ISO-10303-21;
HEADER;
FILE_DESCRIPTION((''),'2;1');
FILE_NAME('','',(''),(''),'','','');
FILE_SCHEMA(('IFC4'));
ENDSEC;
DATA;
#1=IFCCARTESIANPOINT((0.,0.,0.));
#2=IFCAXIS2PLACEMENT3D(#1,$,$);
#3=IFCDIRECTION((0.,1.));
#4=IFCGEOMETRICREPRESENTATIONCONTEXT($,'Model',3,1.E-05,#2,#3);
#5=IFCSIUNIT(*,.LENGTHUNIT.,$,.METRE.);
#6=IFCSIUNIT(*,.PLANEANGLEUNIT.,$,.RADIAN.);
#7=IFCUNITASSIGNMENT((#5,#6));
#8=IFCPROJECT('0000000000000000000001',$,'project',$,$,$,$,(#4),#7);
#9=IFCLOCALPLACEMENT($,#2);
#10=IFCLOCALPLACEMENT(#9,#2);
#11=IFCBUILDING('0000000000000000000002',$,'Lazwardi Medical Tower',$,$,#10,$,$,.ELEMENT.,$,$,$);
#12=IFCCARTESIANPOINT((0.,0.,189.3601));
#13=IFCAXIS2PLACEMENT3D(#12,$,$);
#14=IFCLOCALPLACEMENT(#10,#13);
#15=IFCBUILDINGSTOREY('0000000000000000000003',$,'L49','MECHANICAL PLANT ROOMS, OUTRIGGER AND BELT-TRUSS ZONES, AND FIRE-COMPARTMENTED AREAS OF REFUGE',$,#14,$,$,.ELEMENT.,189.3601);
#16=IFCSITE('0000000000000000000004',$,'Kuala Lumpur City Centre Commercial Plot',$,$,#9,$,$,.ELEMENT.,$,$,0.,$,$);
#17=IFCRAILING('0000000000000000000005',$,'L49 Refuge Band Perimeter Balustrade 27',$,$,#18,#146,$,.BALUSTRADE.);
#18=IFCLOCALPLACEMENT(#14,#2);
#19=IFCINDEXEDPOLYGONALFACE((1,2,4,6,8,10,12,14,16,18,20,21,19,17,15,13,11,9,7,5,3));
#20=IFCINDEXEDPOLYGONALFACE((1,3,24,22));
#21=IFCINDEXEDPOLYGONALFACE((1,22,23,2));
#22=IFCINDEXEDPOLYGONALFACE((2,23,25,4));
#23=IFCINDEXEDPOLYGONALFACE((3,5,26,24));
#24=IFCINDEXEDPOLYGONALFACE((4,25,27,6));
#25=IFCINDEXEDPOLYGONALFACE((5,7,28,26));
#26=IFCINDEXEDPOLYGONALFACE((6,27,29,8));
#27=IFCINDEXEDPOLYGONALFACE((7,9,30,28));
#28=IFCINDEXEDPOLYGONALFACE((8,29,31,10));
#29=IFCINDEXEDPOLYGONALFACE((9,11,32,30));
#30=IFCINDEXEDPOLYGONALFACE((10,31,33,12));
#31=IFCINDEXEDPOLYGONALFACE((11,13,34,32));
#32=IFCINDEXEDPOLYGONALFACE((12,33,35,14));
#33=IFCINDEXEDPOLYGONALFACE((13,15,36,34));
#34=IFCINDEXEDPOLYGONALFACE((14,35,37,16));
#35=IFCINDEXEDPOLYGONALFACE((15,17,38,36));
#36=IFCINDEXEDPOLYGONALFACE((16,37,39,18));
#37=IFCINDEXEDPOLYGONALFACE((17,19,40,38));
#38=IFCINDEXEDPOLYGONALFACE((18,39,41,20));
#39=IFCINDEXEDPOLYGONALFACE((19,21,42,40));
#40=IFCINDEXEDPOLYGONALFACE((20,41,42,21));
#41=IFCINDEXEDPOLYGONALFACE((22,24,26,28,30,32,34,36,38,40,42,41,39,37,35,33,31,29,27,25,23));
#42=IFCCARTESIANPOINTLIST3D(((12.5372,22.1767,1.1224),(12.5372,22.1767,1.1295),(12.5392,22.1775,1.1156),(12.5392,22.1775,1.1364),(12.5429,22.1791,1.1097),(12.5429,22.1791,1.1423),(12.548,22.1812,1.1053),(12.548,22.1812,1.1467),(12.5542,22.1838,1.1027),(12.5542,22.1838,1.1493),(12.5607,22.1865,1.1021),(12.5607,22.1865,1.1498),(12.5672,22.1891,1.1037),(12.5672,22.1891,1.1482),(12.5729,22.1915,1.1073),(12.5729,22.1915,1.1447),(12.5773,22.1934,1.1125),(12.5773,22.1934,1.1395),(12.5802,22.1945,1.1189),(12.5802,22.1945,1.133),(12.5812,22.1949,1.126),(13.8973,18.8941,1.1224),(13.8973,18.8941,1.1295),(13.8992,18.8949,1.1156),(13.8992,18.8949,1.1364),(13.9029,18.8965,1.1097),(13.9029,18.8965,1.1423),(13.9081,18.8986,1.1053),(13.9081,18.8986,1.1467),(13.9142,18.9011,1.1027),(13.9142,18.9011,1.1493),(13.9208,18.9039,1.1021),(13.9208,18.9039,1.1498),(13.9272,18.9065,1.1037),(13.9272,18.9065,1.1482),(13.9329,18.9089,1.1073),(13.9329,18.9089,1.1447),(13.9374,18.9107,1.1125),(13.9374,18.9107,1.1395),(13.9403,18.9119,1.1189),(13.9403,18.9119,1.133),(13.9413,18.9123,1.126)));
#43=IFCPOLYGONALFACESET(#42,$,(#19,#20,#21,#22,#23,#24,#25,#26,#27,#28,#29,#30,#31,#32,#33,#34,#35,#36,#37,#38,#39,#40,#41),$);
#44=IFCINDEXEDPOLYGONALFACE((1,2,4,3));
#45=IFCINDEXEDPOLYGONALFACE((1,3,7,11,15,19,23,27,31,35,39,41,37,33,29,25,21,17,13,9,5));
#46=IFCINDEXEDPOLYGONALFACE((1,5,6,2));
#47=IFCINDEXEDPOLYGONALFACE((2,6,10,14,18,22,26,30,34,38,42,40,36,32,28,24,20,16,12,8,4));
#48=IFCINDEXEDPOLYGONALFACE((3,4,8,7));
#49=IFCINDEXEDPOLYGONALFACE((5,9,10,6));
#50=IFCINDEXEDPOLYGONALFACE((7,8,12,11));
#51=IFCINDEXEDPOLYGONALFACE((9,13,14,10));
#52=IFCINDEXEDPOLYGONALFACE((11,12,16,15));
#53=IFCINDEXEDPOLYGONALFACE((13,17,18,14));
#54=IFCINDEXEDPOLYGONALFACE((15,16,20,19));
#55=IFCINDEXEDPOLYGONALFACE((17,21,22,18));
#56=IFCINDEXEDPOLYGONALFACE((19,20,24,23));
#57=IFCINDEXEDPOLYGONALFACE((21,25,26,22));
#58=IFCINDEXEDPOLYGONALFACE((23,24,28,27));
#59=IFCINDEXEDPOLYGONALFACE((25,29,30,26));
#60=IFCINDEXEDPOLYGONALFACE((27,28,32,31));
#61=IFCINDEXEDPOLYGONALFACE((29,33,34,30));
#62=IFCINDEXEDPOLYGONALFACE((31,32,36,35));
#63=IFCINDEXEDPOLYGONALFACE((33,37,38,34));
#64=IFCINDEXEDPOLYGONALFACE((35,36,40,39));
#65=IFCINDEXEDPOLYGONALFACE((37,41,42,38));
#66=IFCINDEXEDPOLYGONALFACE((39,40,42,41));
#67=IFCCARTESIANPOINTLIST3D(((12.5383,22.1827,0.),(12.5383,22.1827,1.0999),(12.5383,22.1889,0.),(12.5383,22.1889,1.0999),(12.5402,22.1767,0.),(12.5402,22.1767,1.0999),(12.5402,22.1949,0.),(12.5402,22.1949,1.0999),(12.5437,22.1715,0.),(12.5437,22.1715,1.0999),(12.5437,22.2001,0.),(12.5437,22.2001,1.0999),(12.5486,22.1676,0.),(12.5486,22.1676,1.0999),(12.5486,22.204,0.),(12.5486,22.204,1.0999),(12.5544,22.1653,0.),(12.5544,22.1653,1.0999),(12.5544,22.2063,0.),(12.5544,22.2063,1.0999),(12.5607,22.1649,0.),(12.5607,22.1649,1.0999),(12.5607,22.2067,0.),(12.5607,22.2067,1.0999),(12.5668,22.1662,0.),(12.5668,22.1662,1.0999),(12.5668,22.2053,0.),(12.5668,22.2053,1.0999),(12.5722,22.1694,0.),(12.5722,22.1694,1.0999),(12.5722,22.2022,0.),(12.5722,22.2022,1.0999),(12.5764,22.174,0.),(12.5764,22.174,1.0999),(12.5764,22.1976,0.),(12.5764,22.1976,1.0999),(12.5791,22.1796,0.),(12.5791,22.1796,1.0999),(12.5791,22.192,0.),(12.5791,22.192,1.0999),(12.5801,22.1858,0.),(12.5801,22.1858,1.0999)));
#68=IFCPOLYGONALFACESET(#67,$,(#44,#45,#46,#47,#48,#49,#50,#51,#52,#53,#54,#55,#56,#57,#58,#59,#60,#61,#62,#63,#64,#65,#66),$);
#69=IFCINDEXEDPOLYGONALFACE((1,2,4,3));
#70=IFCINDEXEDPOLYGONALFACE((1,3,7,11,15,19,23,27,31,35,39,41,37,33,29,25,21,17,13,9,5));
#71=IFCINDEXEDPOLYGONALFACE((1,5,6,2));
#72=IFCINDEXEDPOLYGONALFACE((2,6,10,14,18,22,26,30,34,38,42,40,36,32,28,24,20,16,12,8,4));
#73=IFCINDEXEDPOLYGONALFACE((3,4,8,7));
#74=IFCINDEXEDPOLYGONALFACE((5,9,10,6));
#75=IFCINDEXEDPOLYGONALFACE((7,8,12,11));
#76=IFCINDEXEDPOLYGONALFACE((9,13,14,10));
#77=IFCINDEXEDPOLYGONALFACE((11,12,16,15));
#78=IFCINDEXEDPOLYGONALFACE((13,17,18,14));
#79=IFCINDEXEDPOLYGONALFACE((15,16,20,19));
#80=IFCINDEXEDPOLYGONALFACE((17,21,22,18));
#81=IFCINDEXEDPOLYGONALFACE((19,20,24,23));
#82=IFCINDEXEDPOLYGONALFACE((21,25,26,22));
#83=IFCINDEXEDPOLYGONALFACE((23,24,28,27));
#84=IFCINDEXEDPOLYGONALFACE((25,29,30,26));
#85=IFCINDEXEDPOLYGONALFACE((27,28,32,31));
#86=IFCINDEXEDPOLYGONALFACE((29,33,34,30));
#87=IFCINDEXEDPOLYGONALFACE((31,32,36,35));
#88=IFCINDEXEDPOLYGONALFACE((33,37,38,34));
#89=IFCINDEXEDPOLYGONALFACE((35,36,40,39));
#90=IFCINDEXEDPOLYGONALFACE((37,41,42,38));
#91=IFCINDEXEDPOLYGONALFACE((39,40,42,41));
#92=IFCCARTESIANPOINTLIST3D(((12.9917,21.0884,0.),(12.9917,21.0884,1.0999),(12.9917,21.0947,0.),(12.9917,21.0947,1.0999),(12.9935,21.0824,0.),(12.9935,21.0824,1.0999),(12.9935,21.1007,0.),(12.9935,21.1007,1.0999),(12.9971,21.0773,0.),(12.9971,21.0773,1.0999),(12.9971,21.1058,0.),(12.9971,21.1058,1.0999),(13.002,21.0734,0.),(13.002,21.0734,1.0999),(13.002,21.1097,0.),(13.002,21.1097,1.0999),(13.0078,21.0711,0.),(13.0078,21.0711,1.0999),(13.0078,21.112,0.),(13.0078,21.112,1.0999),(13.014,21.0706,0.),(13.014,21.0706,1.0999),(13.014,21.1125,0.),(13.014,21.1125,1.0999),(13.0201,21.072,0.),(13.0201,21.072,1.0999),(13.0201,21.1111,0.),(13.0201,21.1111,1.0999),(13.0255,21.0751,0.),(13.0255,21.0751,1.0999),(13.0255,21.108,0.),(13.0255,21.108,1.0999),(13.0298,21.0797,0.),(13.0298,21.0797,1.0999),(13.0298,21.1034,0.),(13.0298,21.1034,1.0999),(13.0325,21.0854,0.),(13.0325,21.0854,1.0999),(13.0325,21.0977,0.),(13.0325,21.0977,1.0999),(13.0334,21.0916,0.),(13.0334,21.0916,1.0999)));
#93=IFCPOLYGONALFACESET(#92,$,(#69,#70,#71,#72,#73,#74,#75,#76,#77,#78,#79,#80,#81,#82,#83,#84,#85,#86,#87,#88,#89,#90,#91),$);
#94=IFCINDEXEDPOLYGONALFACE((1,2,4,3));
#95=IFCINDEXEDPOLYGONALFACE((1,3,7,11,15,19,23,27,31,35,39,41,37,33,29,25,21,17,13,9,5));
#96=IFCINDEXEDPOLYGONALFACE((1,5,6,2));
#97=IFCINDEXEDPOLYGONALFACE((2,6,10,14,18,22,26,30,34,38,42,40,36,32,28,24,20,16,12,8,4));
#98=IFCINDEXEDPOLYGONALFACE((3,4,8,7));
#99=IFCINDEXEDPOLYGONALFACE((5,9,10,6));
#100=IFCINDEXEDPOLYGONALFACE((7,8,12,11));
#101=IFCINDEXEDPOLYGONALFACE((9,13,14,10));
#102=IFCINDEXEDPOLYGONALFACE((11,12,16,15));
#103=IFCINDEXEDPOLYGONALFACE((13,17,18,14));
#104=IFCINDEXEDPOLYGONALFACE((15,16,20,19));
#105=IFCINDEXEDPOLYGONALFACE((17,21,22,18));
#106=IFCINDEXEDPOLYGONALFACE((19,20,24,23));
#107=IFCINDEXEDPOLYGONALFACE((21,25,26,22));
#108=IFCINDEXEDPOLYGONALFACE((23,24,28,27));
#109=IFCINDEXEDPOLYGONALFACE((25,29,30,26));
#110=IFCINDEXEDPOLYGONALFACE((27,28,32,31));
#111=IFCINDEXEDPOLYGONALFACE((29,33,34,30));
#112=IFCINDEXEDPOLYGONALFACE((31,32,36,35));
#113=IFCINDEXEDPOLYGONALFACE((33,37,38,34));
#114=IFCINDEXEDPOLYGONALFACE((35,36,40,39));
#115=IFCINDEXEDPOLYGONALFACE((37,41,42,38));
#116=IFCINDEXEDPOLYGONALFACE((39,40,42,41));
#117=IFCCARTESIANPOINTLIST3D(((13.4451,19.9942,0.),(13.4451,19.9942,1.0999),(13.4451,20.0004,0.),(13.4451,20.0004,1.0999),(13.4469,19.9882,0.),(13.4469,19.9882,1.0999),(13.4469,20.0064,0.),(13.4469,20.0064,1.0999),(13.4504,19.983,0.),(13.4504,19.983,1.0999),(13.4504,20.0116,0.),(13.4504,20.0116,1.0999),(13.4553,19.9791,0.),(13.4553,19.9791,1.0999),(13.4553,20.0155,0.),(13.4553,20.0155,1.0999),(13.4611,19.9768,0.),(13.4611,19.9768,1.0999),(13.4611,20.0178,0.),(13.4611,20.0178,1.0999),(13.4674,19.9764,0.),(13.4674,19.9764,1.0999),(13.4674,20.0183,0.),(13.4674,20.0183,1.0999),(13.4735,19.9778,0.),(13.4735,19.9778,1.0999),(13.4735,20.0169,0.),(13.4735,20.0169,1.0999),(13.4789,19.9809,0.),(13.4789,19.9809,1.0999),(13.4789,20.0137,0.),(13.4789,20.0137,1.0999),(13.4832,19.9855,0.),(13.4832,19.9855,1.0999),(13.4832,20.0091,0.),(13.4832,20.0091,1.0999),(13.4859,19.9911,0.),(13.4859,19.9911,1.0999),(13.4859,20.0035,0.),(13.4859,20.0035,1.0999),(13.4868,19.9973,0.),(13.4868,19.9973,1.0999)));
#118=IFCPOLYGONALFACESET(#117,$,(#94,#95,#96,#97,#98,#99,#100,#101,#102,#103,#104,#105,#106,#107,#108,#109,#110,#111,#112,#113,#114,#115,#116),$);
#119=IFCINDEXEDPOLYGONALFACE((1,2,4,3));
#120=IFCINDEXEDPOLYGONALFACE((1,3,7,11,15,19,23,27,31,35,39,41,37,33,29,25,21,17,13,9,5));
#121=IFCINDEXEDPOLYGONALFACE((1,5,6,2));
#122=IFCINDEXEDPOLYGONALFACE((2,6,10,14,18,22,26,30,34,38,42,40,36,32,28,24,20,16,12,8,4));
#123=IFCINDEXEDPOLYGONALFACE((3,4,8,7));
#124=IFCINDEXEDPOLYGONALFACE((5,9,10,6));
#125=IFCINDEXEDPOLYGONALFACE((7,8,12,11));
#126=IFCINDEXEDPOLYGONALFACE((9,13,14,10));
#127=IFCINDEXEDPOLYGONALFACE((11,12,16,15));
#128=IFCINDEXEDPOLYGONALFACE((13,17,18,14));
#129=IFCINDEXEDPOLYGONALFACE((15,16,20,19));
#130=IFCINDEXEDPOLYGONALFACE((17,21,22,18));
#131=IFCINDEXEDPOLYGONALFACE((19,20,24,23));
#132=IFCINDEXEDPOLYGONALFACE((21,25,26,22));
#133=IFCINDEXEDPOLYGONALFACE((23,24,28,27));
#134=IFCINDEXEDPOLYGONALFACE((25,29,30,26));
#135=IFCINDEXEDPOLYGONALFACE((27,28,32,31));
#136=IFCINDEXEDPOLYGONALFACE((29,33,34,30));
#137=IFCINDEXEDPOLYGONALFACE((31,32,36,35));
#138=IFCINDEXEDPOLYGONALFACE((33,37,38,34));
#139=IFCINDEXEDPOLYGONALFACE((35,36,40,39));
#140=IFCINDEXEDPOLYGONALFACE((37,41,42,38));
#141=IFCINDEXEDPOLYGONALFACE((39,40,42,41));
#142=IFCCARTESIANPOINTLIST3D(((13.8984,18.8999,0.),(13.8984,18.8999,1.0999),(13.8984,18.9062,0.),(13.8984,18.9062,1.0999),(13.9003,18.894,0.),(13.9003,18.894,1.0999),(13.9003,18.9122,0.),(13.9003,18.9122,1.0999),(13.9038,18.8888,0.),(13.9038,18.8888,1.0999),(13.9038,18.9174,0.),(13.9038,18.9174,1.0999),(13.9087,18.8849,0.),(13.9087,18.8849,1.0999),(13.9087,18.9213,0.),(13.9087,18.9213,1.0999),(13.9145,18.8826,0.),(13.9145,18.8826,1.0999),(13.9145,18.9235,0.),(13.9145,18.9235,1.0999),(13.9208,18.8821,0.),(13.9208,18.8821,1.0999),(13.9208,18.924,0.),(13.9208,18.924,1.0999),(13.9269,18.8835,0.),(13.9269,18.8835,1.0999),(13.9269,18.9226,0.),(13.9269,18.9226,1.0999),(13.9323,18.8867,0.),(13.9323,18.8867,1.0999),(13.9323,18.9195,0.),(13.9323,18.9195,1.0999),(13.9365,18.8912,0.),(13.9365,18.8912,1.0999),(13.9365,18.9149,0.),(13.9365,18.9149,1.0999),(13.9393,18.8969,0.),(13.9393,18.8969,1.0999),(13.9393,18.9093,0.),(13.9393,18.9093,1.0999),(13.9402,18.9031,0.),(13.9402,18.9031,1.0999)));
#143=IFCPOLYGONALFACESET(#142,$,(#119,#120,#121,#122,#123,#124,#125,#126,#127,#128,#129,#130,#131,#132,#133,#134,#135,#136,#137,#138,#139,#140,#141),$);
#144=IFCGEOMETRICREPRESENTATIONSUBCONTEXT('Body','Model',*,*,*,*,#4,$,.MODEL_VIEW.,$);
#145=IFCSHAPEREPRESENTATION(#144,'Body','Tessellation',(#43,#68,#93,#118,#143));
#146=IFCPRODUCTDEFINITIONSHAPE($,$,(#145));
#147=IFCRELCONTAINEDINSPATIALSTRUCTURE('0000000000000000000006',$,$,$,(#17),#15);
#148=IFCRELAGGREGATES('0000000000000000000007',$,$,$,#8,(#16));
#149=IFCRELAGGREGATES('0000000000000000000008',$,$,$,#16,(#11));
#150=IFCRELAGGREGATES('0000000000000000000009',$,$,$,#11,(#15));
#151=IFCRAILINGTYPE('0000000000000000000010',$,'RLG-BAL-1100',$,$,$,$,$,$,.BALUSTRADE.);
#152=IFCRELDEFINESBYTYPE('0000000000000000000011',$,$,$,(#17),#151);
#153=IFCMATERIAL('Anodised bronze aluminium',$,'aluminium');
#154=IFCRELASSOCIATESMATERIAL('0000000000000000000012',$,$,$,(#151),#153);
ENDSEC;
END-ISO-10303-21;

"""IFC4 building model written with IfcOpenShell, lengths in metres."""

from ifc_helpers import new_model, si_unit, direction, frame, origin, origin_2d, place, context, subcontext, project, spatial, circle, extrude, material, type_object, element, save


model = new_model("IFC4")

# Units and contexts
model_context = context("Model", 3, precision=1e-05, world=origin(), true_north=direction((0.0, 1.0)))
body_context = subcontext(model_context, "Body", "Model", "MODEL_VIEW")
ifc_project = project(units=[si_unit("LENGTHUNIT", "METRE"), si_unit("PLANEANGLEUNIT", "RADIAN")], contexts=[model_context])

# Site, building, storey
site_placement = place(None, origin())
site = spatial("IfcSite", under=ifc_project, at=site_placement, Name="Kuala Lumpur City Centre Commercial Plot", CompositionType="ELEMENT", RefElevation=0.0)
building_placement = place(site_placement, origin())
building = spatial("IfcBuilding", under=site, at=building_placement, Name="Lazwardi Medical Tower", CompositionType="ELEMENT")
storey_placement = place(building_placement, frame((0.0, 0.0, 189.3601)))
storey = spatial("IfcBuildingStorey", under=building, at=storey_placement, Name="L49", Description="MECHANICAL PLANT ROOMS, OUTRIGGER AND BELT-TRUSS ZONES, AND FIRE-COMPARTMENTED AREAS OF REFUGE", CompositionType="ELEMENT", Elevation=189.3601)

# Railing
ifc_material_1 = material(Name="Anodised bronze aluminium", Category="aluminium")
railing_type = type_object("IfcRailingType", Name="RLG-BAL-1100", PredefinedType="BALUSTRADE", material=ifc_material_1)
railing_1_placement = place(storey_placement, frame((12.5591, 22.1858, 0.0)))
element("IfcRailing", 1, at=railing_1_placement, inside=storey, type_object=railing_type, Name="L49 Refuge Band Perimeter Balustrade 27", PredefinedType="BALUSTRADE", context=body_context, shape_type="SweptSolid", body=[
    extrude(circle(Radius=0.0239, at=origin_2d()), frame((0.0, 0.0, 1.126), z_axis=(0.38277, -0.923843, 0.0), x_axis=(0.923843, 0.38277, 0.0)), (0.0, 0.0, 1.0), 3.5532),
    extrude(circle(Radius=0.021, at=origin_2d()), origin(), (0.0, 0.0, 1.0), 1.0999),
    extrude(circle(Radius=0.021, at=origin_2d()), frame((0.4534, -1.0942, 0.0)), (0.0, 0.0, 1.0), 1.0999),
    extrude(circle(Radius=0.021, at=origin_2d()), frame((0.9067, -2.1885, 0.0)), (0.0, 0.0, 1.0), 1.0999),
    extrude(circle(Radius=0.021, at=origin_2d()), frame((1.3601, -3.2827, 0.0)), (0.0, 0.0, 1.0), 1.0999),
])

save(model, "model.ifc")
